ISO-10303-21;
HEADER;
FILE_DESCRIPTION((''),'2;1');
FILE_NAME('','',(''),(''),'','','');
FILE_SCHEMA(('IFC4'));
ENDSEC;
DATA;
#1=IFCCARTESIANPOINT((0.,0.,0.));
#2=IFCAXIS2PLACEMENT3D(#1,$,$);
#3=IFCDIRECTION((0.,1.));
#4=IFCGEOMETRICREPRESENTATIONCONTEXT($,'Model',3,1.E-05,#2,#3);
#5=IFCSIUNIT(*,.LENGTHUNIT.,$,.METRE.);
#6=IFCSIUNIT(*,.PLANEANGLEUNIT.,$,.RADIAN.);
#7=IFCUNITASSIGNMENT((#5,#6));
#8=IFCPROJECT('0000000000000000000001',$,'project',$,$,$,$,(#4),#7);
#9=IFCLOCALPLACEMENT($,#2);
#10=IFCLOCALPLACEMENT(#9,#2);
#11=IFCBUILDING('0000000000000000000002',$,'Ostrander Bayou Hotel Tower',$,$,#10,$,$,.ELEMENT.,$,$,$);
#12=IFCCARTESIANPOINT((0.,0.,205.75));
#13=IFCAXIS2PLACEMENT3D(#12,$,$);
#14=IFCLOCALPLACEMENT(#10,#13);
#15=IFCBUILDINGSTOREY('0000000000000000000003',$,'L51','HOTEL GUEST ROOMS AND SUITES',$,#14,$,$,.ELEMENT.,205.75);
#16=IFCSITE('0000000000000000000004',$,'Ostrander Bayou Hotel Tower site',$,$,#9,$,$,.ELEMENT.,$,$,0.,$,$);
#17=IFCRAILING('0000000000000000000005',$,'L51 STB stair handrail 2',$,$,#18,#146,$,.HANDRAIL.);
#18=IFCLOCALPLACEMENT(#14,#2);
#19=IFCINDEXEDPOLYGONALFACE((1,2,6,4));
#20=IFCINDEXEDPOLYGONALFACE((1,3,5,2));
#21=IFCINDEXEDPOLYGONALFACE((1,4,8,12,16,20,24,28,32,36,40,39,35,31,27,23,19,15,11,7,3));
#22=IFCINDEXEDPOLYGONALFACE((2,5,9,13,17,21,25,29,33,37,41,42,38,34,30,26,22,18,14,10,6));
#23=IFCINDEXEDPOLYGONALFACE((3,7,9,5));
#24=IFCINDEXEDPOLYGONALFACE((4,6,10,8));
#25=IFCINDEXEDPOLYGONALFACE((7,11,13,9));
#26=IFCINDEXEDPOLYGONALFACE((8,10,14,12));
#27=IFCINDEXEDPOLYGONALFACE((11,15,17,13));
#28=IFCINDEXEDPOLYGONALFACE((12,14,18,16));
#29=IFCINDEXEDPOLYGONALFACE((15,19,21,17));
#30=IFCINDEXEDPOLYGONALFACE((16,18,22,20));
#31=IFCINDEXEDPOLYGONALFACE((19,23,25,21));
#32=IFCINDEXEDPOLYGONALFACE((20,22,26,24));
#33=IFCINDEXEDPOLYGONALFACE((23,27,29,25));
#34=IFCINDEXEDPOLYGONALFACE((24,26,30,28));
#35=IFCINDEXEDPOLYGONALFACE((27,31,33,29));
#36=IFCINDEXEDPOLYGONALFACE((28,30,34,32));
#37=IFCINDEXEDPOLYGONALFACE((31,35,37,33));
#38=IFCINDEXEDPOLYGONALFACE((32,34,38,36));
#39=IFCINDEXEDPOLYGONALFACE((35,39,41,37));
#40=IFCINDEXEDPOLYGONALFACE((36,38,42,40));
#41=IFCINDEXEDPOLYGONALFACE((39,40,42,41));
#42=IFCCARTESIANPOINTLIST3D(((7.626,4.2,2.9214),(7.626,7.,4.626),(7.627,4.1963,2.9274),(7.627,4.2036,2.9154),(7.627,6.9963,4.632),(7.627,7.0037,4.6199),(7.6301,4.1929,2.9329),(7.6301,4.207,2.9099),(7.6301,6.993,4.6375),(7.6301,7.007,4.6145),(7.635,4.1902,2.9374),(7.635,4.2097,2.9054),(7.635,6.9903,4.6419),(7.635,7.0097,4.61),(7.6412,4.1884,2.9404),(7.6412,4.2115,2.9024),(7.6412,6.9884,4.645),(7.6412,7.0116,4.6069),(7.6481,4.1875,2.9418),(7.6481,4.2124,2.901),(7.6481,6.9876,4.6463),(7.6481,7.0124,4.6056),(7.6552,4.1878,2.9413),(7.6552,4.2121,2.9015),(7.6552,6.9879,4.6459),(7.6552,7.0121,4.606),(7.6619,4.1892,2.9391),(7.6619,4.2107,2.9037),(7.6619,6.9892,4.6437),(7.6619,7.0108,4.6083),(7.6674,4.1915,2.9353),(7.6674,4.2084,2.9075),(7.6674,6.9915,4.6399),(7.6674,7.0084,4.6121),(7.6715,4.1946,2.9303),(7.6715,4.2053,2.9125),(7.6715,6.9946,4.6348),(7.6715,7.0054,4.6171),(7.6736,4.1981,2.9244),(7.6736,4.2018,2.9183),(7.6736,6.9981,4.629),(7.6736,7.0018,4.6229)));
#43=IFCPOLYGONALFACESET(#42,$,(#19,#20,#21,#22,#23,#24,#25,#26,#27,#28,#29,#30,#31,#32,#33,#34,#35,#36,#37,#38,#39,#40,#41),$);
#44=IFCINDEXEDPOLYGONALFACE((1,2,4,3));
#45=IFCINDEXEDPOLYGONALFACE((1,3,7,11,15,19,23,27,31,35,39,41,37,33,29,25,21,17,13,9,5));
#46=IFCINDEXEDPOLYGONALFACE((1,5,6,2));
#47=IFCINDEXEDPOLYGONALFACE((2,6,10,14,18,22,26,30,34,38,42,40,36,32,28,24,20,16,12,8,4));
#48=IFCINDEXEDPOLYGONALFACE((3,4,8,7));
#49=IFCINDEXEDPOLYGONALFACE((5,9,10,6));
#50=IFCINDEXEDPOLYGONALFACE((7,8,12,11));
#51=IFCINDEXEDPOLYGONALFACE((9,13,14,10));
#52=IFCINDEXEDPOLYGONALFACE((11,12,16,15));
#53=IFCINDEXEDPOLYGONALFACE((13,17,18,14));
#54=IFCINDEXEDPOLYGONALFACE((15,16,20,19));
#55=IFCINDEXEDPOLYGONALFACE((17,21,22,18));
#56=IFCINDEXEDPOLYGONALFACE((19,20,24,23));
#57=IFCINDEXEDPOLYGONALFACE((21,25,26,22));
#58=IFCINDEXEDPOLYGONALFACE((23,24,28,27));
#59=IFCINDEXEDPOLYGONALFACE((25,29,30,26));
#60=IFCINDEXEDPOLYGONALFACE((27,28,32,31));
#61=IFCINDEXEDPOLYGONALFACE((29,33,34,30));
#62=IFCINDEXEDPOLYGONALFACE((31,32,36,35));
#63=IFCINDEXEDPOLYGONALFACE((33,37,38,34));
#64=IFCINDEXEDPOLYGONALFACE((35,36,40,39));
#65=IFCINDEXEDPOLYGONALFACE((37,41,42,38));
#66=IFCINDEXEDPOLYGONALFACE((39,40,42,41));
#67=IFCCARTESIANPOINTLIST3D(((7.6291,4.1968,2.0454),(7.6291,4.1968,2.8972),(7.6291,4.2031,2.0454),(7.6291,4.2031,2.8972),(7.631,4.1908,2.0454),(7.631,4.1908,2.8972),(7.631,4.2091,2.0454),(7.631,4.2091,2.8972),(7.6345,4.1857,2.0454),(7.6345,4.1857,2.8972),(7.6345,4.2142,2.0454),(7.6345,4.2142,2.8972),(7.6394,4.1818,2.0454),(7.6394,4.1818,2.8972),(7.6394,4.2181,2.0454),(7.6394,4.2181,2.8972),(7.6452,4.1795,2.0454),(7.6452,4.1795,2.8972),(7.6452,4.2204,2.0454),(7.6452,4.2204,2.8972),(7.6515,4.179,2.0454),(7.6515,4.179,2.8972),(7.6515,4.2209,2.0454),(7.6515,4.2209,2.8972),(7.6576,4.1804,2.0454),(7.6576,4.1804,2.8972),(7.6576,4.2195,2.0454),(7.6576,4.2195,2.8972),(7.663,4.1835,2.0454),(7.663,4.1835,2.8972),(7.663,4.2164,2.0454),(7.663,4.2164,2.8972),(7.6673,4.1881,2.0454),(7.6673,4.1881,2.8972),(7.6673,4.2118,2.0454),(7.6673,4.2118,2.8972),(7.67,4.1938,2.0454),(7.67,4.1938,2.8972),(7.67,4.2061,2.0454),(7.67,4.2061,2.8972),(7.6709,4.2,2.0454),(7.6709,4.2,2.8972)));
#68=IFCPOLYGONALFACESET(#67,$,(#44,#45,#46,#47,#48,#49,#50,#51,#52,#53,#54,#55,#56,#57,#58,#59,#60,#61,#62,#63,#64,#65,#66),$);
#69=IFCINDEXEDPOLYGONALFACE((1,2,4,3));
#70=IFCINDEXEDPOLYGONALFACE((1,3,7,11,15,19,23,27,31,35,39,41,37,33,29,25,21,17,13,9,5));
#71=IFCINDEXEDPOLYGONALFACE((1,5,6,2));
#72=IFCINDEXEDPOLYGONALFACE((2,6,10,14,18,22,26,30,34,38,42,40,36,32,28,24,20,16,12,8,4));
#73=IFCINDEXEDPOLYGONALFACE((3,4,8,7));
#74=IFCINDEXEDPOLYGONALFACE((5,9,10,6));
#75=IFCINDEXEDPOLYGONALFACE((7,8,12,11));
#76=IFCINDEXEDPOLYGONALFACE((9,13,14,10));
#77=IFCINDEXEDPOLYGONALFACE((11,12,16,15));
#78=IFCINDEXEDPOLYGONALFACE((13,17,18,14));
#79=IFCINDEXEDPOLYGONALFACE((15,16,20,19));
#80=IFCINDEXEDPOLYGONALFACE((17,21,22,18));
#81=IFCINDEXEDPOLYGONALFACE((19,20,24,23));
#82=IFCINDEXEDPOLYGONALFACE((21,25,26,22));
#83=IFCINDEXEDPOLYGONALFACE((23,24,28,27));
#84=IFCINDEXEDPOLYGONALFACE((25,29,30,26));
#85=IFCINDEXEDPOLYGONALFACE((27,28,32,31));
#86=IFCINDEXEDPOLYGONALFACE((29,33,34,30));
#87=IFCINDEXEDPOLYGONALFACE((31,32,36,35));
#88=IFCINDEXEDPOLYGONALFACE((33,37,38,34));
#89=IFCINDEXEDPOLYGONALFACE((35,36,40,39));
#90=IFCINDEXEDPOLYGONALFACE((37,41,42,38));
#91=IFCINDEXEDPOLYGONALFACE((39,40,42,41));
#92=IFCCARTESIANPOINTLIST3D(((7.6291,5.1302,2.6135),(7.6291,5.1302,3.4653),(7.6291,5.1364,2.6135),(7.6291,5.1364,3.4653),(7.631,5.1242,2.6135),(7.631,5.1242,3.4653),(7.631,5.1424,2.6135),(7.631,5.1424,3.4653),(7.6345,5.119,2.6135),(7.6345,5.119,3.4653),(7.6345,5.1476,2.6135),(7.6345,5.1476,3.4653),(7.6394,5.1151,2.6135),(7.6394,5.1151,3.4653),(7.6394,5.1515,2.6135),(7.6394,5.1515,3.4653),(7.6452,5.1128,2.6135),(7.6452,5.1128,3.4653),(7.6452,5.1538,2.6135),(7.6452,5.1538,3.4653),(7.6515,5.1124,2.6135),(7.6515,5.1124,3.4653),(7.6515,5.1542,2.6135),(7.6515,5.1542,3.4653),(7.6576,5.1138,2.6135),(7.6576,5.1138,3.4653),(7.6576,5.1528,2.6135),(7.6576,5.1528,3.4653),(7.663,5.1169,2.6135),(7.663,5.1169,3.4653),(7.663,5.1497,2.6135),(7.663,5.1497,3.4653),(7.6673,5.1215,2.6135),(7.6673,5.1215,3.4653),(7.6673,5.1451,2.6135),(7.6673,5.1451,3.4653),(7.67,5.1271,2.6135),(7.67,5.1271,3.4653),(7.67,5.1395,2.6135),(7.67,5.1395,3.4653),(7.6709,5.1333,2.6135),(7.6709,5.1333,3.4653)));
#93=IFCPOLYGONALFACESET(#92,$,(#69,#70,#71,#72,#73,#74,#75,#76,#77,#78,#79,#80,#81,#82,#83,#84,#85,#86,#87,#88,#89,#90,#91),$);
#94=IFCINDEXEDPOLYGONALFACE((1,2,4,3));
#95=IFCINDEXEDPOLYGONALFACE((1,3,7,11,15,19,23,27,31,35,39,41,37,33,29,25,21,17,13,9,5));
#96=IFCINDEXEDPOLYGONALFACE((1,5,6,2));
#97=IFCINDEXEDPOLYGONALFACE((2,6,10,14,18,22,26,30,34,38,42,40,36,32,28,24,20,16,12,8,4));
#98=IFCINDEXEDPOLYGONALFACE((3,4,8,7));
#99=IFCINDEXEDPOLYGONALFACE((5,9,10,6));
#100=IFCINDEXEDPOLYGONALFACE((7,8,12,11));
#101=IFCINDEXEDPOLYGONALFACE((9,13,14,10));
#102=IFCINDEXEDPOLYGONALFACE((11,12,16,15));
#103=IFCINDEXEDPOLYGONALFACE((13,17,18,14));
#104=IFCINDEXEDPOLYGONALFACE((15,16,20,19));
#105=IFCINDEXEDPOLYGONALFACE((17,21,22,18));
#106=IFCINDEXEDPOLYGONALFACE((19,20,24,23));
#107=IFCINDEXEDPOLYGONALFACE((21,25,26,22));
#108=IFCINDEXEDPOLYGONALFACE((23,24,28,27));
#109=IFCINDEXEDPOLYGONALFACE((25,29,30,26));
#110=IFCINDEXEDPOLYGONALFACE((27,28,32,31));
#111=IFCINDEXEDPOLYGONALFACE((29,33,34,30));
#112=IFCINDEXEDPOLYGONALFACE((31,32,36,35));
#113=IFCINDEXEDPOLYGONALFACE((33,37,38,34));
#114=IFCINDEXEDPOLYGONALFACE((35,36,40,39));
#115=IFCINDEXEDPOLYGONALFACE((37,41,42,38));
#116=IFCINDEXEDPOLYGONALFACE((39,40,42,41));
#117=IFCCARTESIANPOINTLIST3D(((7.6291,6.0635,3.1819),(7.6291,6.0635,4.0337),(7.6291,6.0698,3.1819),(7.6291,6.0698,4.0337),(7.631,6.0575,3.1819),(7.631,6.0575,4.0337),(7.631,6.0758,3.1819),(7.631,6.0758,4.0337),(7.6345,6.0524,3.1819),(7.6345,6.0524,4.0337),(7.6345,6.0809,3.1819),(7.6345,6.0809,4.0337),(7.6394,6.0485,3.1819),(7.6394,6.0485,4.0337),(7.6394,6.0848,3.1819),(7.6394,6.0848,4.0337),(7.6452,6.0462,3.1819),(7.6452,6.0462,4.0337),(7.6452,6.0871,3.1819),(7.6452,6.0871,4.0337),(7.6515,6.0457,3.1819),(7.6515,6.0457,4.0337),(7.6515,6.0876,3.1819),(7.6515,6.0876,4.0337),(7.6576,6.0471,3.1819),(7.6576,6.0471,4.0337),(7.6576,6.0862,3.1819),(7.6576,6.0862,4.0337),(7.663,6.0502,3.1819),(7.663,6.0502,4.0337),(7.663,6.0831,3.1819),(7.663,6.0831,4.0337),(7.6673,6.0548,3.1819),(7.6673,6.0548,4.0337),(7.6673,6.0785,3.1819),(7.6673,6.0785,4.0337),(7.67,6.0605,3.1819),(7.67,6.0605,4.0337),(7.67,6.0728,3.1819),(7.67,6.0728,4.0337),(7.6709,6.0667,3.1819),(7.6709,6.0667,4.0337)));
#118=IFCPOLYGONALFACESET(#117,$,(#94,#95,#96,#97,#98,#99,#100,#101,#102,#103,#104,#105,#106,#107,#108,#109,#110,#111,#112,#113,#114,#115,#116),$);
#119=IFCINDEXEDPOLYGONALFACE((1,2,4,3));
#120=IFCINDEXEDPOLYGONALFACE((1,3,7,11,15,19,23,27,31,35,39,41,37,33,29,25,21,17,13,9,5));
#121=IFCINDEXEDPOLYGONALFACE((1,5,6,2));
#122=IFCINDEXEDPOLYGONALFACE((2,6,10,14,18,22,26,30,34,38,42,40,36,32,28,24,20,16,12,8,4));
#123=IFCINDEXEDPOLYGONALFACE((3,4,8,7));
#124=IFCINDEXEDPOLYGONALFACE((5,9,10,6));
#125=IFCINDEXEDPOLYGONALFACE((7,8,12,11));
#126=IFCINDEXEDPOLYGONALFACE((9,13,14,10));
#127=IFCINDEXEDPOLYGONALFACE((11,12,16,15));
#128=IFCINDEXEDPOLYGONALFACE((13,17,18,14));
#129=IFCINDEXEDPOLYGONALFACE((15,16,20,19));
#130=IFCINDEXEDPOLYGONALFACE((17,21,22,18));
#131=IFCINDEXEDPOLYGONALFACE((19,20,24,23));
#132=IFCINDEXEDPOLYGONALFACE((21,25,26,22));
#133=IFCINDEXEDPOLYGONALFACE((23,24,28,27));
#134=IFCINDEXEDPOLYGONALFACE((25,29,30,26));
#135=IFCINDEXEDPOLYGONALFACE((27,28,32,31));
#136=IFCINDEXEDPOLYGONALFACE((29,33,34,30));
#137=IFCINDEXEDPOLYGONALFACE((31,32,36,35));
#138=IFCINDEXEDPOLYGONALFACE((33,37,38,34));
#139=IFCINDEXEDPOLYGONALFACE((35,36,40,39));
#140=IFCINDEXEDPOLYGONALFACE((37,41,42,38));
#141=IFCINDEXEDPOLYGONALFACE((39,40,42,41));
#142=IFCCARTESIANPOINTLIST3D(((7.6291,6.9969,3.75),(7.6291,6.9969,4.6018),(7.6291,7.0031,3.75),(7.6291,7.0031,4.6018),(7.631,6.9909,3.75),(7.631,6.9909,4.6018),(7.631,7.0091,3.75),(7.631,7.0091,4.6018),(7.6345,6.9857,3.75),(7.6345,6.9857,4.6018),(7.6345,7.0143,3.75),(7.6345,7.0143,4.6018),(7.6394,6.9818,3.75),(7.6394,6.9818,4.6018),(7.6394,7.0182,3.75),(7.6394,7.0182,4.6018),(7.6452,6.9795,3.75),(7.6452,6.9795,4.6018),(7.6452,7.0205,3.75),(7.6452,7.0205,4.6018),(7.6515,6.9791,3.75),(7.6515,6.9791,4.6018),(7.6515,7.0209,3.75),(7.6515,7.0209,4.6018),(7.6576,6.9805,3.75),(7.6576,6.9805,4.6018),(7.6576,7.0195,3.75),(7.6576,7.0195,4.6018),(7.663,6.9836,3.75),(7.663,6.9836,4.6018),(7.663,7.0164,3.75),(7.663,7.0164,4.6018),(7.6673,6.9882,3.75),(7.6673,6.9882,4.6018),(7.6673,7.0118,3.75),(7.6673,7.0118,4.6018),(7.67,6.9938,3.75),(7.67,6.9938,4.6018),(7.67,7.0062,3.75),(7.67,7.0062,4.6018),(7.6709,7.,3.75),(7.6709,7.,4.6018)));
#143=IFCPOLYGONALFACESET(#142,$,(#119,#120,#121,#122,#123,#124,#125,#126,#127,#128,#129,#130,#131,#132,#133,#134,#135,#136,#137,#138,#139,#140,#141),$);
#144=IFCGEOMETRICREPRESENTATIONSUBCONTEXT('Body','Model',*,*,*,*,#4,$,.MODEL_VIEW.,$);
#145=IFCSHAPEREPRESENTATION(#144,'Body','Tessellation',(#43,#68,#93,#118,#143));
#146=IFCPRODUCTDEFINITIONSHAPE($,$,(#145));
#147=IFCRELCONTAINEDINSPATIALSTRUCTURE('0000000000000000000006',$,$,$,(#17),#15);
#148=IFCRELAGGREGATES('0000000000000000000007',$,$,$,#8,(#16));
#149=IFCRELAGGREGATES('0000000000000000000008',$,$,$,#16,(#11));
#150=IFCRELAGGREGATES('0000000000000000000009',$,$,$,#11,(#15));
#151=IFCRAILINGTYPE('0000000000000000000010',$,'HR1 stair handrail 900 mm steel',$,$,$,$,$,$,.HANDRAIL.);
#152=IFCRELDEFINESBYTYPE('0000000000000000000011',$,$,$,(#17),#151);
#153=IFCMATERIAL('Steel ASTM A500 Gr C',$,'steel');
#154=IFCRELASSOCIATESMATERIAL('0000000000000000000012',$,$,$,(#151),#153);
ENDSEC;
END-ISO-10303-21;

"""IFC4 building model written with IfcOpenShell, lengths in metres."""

from ifc_helpers import new_model, si_unit, direction, frame, origin, origin_2d, place, context, subcontext, project, spatial, circle, extrude, material, type_object, element, save


model = new_model("IFC4")

# Units and contexts
model_context = context("Model", 3, precision=1e-05, world=origin(), true_north=direction((0.0, 1.0)))
body_context = subcontext(model_context, "Body", "Model", "MODEL_VIEW")
ifc_project = project(units=[si_unit("LENGTHUNIT", "METRE"), si_unit("PLANEANGLEUNIT", "RADIAN")], contexts=[model_context])

# Site, building, storey
site_placement = place(None, origin())
site = spatial("IfcSite", under=ifc_project, at=site_placement, Name="Ostrander Bayou Hotel Tower site", CompositionType="ELEMENT", RefElevation=0.0)
building_placement = place(site_placement, origin())
building = spatial("IfcBuilding", under=site, at=building_placement, Name="Ostrander Bayou Hotel Tower", CompositionType="ELEMENT")
storey_placement = place(building_placement, frame((0.0, 0.0, 205.75)))
storey = spatial("IfcBuildingStorey", under=building, at=storey_placement, Name="L51", Description="HOTEL GUEST ROOMS AND SUITES", CompositionType="ELEMENT", Elevation=205.75)

# Railing
ifc_material_1 = material(Name="Steel ASTM A500 Gr C", Category="steel")
railing_type_1 = type_object("IfcRailingType", Name="HR1 stair handrail 900 mm steel", PredefinedType="HANDRAIL", material=ifc_material_1)
railing_1_placement = place(storey_placement, frame((7.6499, 4.2, 2.0454)))
element("IfcRailing", 1, at=railing_1_placement, inside=storey, type_object=railing_type_1, Name="L51 STB stair handrail 2", PredefinedType="HANDRAIL", context=body_context, shape_type="SweptSolid", body=[
    extrude(circle(Radius=0.0239, at=origin_2d()), frame((0.0, 0.0, 0.876), z_axis=(0.0, 0.85417, 0.519994), x_axis=(-1.0, 0.0, 0.0)), (0.0, 0.0, 1.0), 3.2781),
    extrude(circle(Radius=0.021, at=origin_2d()), origin(), (0.0, 0.0, 1.0), 0.8518),
    extrude(circle(Radius=0.021, at=origin_2d()), frame((0.0, 0.9333, 0.5681)), (0.0, 0.0, 1.0), 0.8518),
    extrude(circle(Radius=0.021, at=origin_2d()), frame((0.0, 1.8667, 1.1365)), (0.0, 0.0, 1.0), 0.8518),
    extrude(circle(Radius=0.021, at=origin_2d()), frame((0.0, 2.8, 1.7046)), (0.0, 0.0, 1.0), 0.8518),
])

save(model, "model.ifc")
